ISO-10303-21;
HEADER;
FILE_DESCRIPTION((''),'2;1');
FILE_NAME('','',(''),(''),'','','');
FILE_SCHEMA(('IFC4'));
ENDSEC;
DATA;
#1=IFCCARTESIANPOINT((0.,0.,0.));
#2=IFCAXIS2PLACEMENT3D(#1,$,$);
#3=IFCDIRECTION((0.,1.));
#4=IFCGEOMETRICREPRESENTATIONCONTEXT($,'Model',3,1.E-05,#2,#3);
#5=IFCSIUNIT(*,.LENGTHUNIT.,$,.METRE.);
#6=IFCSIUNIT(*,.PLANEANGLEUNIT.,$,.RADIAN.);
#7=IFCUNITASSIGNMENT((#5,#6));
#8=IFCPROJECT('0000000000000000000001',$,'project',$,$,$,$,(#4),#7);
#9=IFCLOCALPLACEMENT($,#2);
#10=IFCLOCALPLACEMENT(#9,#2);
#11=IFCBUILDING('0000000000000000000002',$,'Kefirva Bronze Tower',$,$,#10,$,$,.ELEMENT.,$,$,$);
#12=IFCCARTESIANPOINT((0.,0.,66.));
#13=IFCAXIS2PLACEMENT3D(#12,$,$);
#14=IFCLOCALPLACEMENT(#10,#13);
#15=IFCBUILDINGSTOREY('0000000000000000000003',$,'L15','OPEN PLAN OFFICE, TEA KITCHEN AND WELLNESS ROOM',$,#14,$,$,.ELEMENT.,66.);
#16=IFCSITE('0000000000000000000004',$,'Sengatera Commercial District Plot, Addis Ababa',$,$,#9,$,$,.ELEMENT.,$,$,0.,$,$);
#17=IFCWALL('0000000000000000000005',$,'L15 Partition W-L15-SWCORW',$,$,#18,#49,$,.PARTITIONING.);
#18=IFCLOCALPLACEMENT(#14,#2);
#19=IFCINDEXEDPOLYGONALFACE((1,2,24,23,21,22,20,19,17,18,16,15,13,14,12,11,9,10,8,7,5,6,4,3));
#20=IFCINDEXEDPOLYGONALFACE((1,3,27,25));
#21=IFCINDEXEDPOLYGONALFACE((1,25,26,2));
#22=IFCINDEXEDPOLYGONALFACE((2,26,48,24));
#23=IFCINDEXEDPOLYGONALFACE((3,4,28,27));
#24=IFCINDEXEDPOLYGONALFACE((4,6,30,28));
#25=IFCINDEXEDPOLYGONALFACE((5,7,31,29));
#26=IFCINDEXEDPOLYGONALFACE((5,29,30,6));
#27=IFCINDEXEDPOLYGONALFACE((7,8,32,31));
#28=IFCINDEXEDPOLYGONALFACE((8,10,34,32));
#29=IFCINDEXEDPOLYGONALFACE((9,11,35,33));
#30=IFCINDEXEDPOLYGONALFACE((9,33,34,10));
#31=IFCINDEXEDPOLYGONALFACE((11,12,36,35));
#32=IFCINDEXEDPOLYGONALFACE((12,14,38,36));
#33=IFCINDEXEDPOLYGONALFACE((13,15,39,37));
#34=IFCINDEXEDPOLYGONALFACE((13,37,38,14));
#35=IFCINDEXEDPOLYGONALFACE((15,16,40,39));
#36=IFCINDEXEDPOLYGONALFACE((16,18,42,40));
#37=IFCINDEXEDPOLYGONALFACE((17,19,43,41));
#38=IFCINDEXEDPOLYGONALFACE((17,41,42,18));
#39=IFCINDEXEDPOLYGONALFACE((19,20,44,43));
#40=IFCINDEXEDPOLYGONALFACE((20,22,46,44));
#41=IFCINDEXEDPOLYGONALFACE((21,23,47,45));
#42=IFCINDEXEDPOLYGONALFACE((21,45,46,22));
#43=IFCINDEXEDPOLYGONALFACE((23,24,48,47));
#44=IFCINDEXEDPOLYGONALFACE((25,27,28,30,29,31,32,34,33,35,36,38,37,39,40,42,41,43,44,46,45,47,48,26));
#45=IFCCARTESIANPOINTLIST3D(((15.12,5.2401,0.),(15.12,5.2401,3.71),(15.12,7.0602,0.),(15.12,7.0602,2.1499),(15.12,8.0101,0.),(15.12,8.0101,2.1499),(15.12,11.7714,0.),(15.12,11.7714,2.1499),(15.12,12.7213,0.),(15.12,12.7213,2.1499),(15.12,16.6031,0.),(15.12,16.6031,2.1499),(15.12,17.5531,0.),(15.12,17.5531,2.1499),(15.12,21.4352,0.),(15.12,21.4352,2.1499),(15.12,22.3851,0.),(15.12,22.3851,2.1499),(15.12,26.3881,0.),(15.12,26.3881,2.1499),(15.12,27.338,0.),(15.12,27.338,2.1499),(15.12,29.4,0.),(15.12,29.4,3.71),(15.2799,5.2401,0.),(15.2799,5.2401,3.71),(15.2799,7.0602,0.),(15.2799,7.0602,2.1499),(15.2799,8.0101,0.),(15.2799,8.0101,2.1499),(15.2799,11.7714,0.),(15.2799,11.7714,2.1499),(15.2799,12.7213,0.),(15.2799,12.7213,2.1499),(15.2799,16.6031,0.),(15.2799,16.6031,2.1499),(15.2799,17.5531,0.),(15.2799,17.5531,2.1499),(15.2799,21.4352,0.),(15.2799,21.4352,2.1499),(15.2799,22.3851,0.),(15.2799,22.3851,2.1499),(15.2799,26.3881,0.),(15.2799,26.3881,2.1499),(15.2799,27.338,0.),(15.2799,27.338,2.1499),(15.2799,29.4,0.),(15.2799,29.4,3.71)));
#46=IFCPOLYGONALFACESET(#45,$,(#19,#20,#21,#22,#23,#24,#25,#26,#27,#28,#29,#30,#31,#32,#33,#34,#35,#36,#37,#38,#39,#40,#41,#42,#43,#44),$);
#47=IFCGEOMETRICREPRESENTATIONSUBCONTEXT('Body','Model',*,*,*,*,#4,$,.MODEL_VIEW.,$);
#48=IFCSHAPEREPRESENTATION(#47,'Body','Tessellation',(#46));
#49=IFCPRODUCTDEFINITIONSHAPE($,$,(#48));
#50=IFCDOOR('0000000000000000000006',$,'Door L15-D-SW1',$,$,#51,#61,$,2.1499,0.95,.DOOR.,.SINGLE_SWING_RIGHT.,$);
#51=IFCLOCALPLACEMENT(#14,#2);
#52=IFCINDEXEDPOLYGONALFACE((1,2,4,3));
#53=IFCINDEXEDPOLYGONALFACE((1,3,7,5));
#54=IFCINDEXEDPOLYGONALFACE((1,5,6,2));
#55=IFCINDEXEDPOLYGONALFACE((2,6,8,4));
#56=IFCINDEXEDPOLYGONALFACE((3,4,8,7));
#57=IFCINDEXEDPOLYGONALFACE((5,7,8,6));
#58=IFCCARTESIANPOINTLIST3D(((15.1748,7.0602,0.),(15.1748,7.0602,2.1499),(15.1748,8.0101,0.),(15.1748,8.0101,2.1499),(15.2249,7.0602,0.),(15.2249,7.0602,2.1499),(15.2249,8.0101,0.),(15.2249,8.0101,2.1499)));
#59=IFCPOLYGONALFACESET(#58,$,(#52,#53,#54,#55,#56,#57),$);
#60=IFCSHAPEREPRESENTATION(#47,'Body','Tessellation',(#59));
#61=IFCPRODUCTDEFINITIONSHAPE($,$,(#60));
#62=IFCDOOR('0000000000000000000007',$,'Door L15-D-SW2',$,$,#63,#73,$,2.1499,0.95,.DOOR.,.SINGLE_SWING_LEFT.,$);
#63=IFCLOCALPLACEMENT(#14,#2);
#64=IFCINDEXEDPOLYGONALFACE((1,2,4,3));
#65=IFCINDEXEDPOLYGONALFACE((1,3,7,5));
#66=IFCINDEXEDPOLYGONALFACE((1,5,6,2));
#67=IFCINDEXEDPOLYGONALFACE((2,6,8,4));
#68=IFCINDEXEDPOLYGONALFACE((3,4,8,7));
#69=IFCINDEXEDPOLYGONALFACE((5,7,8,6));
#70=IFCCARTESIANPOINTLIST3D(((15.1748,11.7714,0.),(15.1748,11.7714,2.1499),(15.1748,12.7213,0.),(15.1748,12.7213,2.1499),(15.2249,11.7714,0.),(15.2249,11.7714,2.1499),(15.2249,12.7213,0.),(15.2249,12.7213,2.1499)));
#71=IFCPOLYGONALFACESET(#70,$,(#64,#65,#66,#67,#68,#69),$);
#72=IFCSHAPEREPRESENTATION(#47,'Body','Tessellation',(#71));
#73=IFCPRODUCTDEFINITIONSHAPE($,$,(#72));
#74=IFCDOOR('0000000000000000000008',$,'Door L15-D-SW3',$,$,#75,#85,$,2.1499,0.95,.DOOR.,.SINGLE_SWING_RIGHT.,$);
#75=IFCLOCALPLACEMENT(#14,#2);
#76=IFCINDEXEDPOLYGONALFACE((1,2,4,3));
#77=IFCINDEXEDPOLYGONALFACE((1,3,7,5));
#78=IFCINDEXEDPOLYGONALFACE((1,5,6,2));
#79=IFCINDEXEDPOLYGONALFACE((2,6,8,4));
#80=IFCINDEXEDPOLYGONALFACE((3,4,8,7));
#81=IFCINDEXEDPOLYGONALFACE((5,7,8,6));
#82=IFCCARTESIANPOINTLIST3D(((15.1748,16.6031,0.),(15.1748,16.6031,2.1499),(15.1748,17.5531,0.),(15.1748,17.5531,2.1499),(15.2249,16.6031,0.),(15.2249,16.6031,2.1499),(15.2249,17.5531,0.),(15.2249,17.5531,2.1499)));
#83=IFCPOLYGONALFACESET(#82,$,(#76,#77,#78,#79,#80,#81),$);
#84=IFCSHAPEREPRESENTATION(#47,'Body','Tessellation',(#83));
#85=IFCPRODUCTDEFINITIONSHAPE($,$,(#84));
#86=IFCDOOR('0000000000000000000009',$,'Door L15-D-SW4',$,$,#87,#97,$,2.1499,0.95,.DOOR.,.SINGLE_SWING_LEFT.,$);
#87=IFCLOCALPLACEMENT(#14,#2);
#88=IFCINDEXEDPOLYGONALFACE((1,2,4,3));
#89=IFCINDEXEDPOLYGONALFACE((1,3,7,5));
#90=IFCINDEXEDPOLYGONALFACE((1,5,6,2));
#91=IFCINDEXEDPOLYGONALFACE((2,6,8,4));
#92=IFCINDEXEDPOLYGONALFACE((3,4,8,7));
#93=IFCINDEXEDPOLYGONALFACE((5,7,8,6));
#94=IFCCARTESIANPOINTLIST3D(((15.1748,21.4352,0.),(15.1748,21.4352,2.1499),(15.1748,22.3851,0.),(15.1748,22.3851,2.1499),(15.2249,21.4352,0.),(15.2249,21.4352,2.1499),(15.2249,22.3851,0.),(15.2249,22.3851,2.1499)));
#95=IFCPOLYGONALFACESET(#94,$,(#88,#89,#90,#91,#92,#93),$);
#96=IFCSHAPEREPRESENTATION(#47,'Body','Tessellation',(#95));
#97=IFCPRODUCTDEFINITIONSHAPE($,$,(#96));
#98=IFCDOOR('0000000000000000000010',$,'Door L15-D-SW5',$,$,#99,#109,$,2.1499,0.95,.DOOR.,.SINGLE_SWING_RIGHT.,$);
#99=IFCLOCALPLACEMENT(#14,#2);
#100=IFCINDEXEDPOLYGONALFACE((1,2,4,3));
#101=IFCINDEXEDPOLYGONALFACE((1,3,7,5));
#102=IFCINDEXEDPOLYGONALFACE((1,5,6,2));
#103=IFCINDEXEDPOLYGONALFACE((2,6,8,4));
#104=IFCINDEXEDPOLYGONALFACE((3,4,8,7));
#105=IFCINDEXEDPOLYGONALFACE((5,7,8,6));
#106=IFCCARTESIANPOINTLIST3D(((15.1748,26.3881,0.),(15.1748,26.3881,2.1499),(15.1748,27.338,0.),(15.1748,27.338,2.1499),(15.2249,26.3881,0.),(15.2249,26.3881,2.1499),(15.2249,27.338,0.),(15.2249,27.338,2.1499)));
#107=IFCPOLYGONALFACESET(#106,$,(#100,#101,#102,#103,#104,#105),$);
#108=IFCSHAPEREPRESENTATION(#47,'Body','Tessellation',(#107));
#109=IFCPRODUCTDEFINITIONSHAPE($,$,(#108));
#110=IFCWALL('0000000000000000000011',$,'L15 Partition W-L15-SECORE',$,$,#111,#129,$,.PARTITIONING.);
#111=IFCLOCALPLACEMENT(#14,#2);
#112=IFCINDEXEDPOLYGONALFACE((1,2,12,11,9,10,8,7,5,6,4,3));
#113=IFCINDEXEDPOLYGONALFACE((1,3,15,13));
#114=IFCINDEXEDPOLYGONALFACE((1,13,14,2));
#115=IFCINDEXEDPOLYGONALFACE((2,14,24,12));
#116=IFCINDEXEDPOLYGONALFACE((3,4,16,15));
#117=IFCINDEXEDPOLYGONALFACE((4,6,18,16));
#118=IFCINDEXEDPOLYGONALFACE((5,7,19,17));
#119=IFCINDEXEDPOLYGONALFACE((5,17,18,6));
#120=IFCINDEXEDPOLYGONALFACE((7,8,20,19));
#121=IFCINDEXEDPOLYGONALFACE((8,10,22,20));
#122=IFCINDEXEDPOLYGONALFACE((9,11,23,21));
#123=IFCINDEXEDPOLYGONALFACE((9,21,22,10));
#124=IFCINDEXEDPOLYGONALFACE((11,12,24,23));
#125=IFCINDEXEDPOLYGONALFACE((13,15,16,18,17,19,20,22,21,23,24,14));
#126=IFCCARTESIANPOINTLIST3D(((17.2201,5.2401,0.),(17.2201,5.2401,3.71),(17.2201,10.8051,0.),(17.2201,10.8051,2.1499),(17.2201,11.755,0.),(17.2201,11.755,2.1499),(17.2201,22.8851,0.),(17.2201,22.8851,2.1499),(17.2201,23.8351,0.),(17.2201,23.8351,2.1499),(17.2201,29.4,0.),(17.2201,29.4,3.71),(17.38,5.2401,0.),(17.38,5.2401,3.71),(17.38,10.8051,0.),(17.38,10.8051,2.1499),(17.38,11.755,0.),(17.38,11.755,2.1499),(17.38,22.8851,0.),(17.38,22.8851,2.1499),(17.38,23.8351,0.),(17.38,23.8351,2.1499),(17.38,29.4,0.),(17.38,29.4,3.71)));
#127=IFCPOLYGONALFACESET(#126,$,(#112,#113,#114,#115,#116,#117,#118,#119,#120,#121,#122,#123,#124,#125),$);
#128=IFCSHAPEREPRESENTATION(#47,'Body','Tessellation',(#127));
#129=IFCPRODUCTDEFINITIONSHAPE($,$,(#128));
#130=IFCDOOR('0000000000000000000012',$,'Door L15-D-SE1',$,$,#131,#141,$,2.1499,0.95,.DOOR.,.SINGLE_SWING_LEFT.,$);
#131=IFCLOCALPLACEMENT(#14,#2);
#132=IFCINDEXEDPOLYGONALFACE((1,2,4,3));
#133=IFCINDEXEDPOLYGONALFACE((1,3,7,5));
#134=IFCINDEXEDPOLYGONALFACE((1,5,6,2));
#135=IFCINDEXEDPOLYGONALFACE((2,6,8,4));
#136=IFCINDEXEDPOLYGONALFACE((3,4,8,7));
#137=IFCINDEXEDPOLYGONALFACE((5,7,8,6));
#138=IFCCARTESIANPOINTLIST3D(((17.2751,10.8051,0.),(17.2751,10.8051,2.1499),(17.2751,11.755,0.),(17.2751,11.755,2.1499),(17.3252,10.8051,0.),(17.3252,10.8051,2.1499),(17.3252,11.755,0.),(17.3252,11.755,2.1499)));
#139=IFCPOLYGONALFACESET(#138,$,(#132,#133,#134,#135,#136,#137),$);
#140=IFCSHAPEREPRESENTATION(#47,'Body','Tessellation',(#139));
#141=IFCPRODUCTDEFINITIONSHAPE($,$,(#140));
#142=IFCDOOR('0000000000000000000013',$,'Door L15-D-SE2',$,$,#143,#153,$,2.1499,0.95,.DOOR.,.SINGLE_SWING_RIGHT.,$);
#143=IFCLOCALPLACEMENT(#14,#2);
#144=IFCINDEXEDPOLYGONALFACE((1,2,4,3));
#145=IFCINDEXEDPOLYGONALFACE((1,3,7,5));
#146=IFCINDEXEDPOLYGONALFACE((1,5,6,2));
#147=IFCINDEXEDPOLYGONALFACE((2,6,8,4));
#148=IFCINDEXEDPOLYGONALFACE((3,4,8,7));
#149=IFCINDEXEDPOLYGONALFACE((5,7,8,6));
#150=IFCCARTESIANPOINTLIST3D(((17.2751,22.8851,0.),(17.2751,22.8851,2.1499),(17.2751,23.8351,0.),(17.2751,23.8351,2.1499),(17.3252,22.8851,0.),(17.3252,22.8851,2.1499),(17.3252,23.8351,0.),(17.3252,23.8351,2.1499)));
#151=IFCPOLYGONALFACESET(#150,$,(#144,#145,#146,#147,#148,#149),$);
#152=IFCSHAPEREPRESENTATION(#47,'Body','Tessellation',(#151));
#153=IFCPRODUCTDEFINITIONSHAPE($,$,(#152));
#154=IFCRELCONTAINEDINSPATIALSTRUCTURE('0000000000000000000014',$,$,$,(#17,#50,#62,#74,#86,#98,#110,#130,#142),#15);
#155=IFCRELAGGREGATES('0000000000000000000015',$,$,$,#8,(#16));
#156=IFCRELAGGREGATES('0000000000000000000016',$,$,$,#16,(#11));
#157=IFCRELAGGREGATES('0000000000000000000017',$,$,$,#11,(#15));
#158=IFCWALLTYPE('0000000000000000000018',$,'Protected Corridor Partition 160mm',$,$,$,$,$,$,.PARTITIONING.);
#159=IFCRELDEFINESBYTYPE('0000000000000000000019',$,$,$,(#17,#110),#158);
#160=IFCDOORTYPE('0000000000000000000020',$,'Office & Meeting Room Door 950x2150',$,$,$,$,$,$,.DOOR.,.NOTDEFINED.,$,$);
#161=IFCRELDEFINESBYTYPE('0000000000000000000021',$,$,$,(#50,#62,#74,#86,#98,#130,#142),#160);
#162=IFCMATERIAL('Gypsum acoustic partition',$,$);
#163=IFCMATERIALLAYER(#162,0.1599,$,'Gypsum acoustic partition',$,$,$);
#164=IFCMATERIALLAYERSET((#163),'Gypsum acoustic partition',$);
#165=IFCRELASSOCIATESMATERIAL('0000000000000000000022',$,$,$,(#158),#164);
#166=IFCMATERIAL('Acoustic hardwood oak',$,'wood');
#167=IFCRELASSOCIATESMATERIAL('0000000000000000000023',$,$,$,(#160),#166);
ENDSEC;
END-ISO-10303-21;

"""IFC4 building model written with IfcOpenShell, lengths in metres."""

from ifc_helpers import new_model, si_unit, direction, frame, frame_2d, origin, place, context, subcontext, project, spatial, rectangle, extrude, material, layer, layer_set, type_object, element, fill, save


model = new_model("IFC4")

# Units and contexts
model_context = context("Model", 3, precision=1e-05, world=origin(), true_north=direction((0.0, 1.0)))
body_context = subcontext(model_context, "Body", "Model", "MODEL_VIEW")
ifc_project = project(units=[si_unit("LENGTHUNIT", "METRE"), si_unit("PLANEANGLEUNIT", "RADIAN")], contexts=[model_context])

# Site, building, storey
site_placement = place(None, origin())
site = spatial("IfcSite", under=ifc_project, at=site_placement, Name="Sengatera Commercial District Plot, Addis Ababa", CompositionType="ELEMENT", RefElevation=0.0)
building_placement = place(site_placement, origin())
building = spatial("IfcBuilding", under=site, at=building_placement, Name="Kefirva Bronze Tower", CompositionType="ELEMENT")
storey_placement = place(building_placement, frame((0.0, 0.0, 66.0)))
storey = spatial("IfcBuildingStorey", under=building, at=storey_placement, Name="L15", Description="OPEN PLAN OFFICE, TEA KITCHEN AND WELLNESS ROOM", CompositionType="ELEMENT", Elevation=66.0)

# Walls, openings, doors
ifc_material_1 = material(Name="Gypsum acoustic partition")
ifc_layer_1 = layer(ifc_material_1, 0.1599, Name="Gypsum acoustic partition")
ifc_layer_set_1 = layer_set([ifc_layer_1], Name="Gypsum acoustic partition")
wall_type_1 = type_object("IfcWallType", Name="Protected Corridor Partition 160mm", PredefinedType="PARTITIONING", material=ifc_layer_set_1)
wall_1_placement = place(storey_placement, frame((15.2, 5.24, 0.0), z_axis=(0.0, 0.0, 1.0), x_axis=(0.0, 1.0, 0.0)))
wall_1 = element("IfcWall", 1, at=wall_1_placement, inside=storey, type_object=wall_type_1, Name="L15 Partition W-L15-SWCORW", PredefinedType="PARTITIONING", context=body_context, shape_type="SweptSolid", body=[
    extrude(rectangle(XDim=24.1599, YDim=0.1599, at=frame_2d((12.0801, 0.0))), origin(), (0.0, 0.0, 1.0), 3.71),
])
opening_1_placement = place(wall_1_placement, frame((2.7703, 0.0, 0.0), z_axis=(0.0, 0.0, 1.0), x_axis=(-1.0, 0.0, 0.0)))
opening_1 = element("IfcOpeningElement", 2, at=opening_1_placement, cuts=wall_1, PredefinedType="OPENING", context=body_context, shape_type="SweptSolid", body=[
    extrude(rectangle(XDim=0.95, YDim=2.1499, at=frame_2d((0.4751, 1.075))), frame((0.0, 0.0898, 0.0), z_axis=(0.0, -1.0, 0.0), x_axis=(1.0, 0.0, 0.0)), (0.0, 0.0, 1.0), 0.1799),
])
opening_2_placement = place(wall_1_placement, frame((7.4814, 0.0, 0.0), z_axis=(0.0, 0.0, 1.0), x_axis=(-1.0, 0.0, 0.0)))
opening_2 = element("IfcOpeningElement", 3, at=opening_2_placement, cuts=wall_1, PredefinedType="OPENING", context=body_context, shape_type="SweptSolid", body=[
    extrude(rectangle(XDim=0.95, YDim=2.1499, at=frame_2d((0.4751, 1.075))), frame((0.0, 0.0898, 0.0), z_axis=(0.0, -1.0, 0.0), x_axis=(1.0, 0.0, 0.0)), (0.0, 0.0, 1.0), 0.1799),
])
opening_3_placement = place(wall_1_placement, frame((12.3132, 0.0, 0.0), z_axis=(0.0, 0.0, 1.0), x_axis=(-1.0, 0.0, 0.0)))
opening_3 = element("IfcOpeningElement", 4, at=opening_3_placement, cuts=wall_1, PredefinedType="OPENING", context=body_context, shape_type="SweptSolid", body=[
    extrude(rectangle(XDim=0.95, YDim=2.1499, at=frame_2d((0.4751, 1.075))), frame((0.0, 0.0898, 0.0), z_axis=(0.0, -1.0, 0.0), x_axis=(1.0, 0.0, 0.0)), (0.0, 0.0, 1.0), 0.1799),
])
opening_4_placement = place(wall_1_placement, frame((17.1453, 0.0, 0.0), z_axis=(0.0, 0.0, 1.0), x_axis=(-1.0, 0.0, 0.0)))
opening_4 = element("IfcOpeningElement", 5, at=opening_4_placement, cuts=wall_1, PredefinedType="OPENING", context=body_context, shape_type="SweptSolid", body=[
    extrude(rectangle(XDim=0.95, YDim=2.1499, at=frame_2d((0.4751, 1.075))), frame((0.0, 0.0898, 0.0), z_axis=(0.0, -1.0, 0.0), x_axis=(1.0, 0.0, 0.0)), (0.0, 0.0, 1.0), 0.1799),
])
opening_5_placement = place(wall_1_placement, frame((22.0981, 0.0, 0.0), z_axis=(0.0, 0.0, 1.0), x_axis=(-1.0, 0.0, 0.0)))
opening_5 = element("IfcOpeningElement", 6, at=opening_5_placement, cuts=wall_1, PredefinedType="OPENING", context=body_context, shape_type="SweptSolid", body=[
    extrude(rectangle(XDim=0.95, YDim=2.1499, at=frame_2d((0.4751, 1.075))), frame((0.0, 0.0898, 0.0), z_axis=(0.0, -1.0, 0.0), x_axis=(1.0, 0.0, 0.0)), (0.0, 0.0, 1.0), 0.1799),
])
ifc_material_2 = material(Name="Acoustic hardwood oak", Category="wood")
door_type = type_object("IfcDoorType", Name="Office & Meeting Room Door 950x2150", OperationType="NOTDEFINED", PredefinedType="DOOR", material=ifc_material_2)
door_1_placement = place(opening_1_placement, origin())
door_1 = element("IfcDoor", 7, at=door_1_placement, inside=storey, type_object=door_type, Name="Door L15-D-SW1", OperationType="SINGLE_SWING_RIGHT", OverallHeight=2.1499, OverallWidth=0.95, PredefinedType="DOOR", context=body_context, shape_type="SweptSolid", body=[
    extrude(rectangle(XDim=0.95, YDim=2.1499, at=frame_2d((0.4751, 1.075))), frame((0.0, 0.0249, 0.0), z_axis=(0.0, -1.0, 0.0), x_axis=(1.0, 0.0, 0.0)), (0.0, 0.0, 1.0), 0.05),
])
fill(opening_1, door_1)
door_2_placement = place(opening_2_placement, origin())
door_2 = element("IfcDoor", 8, at=door_2_placement, inside=storey, type_object=door_type, Name="Door L15-D-SW2", OperationType="SINGLE_SWING_LEFT", OverallHeight=2.1499, OverallWidth=0.95, PredefinedType="DOOR", context=body_context, shape_type="SweptSolid", body=[
    extrude(rectangle(XDim=0.95, YDim=2.1499, at=frame_2d((0.4751, 1.075))), frame((0.0, 0.0249, 0.0), z_axis=(0.0, -1.0, 0.0), x_axis=(1.0, 0.0, 0.0)), (0.0, 0.0, 1.0), 0.05),
])
fill(opening_2, door_2)
door_3_placement = place(opening_3_placement, origin())
door_3 = element("IfcDoor", 9, at=door_3_placement, inside=storey, type_object=door_type, Name="Door L15-D-SW3", OperationType="SINGLE_SWING_RIGHT", OverallHeight=2.1499, OverallWidth=0.95, PredefinedType="DOOR", context=body_context, shape_type="SweptSolid", body=[
    extrude(rectangle(XDim=0.95, YDim=2.1499, at=frame_2d((0.4751, 1.075))), frame((0.0, 0.0249, 0.0), z_axis=(0.0, -1.0, 0.0), x_axis=(1.0, 0.0, 0.0)), (0.0, 0.0, 1.0), 0.05),
])
fill(opening_3, door_3)
door_4_placement = place(opening_4_placement, origin())
door_4 = element("IfcDoor", 10, at=door_4_placement, inside=storey, type_object=door_type, Name="Door L15-D-SW4", OperationType="SINGLE_SWING_LEFT", OverallHeight=2.1499, OverallWidth=0.95, PredefinedType="DOOR", context=body_context, shape_type="SweptSolid", body=[
    extrude(rectangle(XDim=0.95, YDim=2.1499, at=frame_2d((0.4751, 1.075))), frame((0.0, 0.0249, 0.0), z_axis=(0.0, -1.0, 0.0), x_axis=(1.0, 0.0, 0.0)), (0.0, 0.0, 1.0), 0.05),
])
fill(opening_4, door_4)
door_5_placement = place(opening_5_placement, origin())
door_5 = element("IfcDoor", 11, at=door_5_placement, inside=storey, type_object=door_type, Name="Door L15-D-SW5", OperationType="SINGLE_SWING_RIGHT", OverallHeight=2.1499, OverallWidth=0.95, PredefinedType="DOOR", context=body_context, shape_type="SweptSolid", body=[
    extrude(rectangle(XDim=0.95, YDim=2.1499, at=frame_2d((0.4751, 1.075))), frame((0.0, 0.0249, 0.0), z_axis=(0.0, -1.0, 0.0), x_axis=(1.0, 0.0, 0.0)), (0.0, 0.0, 1.0), 0.05),
])
fill(opening_5, door_5)
wall_2_placement = place(storey_placement, frame((17.3, 5.24, 0.0), z_axis=(0.0, 0.0, 1.0), x_axis=(0.0, 1.0, 0.0)))
wall_2 = element("IfcWall", 12, at=wall_2_placement, inside=storey, type_object=wall_type_1, Name="L15 Partition W-L15-SECORE", PredefinedType="PARTITIONING", context=body_context, shape_type="SweptSolid", body=[
    extrude(rectangle(XDim=24.1599, YDim=0.1599, at=frame_2d((12.0801, 0.0))), origin(), (0.0, 0.0, 1.0), 3.71),
])
opening_6_placement = place(wall_2_placement, frame((5.5649, 0.0, 0.0)))
opening_6 = element("IfcOpeningElement", 13, at=opening_6_placement, cuts=wall_2, PredefinedType="OPENING", context=body_context, shape_type="SweptSolid", body=[
    extrude(rectangle(XDim=0.95, YDim=2.1499, at=frame_2d((0.4751, 1.075))), frame((0.0, 0.0898, 0.0), z_axis=(0.0, -1.0, 0.0), x_axis=(1.0, 0.0, 0.0)), (0.0, 0.0, 1.0), 0.1799),
])
opening_7_placement = place(wall_2_placement, frame((17.645, 0.0, 0.0)))
opening_7 = element("IfcOpeningElement", 14, at=opening_7_placement, cuts=wall_2, PredefinedType="OPENING", context=body_context, shape_type="SweptSolid", body=[
    extrude(rectangle(XDim=0.95, YDim=2.1499, at=frame_2d((0.4751, 1.075))), frame((0.0, 0.0898, 0.0), z_axis=(0.0, -1.0, 0.0), x_axis=(1.0, 0.0, 0.0)), (0.0, 0.0, 1.0), 0.1799),
])
door_6_placement = place(opening_6_placement, origin())
door_6 = element("IfcDoor", 15, at=door_6_placement, inside=storey, type_object=door_type, Name="Door L15-D-SE1", OperationType="SINGLE_SWING_LEFT", OverallHeight=2.1499, OverallWidth=0.95, PredefinedType="DOOR", context=body_context, shape_type="SweptSolid", body=[
    extrude(rectangle(XDim=0.95, YDim=2.1499, at=frame_2d((0.4751, 1.075))), frame((0.0, 0.0249, 0.0), z_axis=(0.0, -1.0, 0.0), x_axis=(1.0, 0.0, 0.0)), (0.0, 0.0, 1.0), 0.05),
])
fill(opening_6, door_6)
door_7_placement = place(opening_7_placement, origin())
door_7 = element("IfcDoor", 16, at=door_7_placement, inside=storey, type_object=door_type, Name="Door L15-D-SE2", OperationType="SINGLE_SWING_RIGHT", OverallHeight=2.1499, OverallWidth=0.95, PredefinedType="DOOR", context=body_context, shape_type="SweptSolid", body=[
    extrude(rectangle(XDim=0.95, YDim=2.1499, at=frame_2d((0.4751, 1.075))), frame((0.0, 0.0249, 0.0), z_axis=(0.0, -1.0, 0.0), x_axis=(1.0, 0.0, 0.0)), (0.0, 0.0, 1.0), 0.05),
])
fill(opening_7, door_7)

save(model, "model.ifc")
